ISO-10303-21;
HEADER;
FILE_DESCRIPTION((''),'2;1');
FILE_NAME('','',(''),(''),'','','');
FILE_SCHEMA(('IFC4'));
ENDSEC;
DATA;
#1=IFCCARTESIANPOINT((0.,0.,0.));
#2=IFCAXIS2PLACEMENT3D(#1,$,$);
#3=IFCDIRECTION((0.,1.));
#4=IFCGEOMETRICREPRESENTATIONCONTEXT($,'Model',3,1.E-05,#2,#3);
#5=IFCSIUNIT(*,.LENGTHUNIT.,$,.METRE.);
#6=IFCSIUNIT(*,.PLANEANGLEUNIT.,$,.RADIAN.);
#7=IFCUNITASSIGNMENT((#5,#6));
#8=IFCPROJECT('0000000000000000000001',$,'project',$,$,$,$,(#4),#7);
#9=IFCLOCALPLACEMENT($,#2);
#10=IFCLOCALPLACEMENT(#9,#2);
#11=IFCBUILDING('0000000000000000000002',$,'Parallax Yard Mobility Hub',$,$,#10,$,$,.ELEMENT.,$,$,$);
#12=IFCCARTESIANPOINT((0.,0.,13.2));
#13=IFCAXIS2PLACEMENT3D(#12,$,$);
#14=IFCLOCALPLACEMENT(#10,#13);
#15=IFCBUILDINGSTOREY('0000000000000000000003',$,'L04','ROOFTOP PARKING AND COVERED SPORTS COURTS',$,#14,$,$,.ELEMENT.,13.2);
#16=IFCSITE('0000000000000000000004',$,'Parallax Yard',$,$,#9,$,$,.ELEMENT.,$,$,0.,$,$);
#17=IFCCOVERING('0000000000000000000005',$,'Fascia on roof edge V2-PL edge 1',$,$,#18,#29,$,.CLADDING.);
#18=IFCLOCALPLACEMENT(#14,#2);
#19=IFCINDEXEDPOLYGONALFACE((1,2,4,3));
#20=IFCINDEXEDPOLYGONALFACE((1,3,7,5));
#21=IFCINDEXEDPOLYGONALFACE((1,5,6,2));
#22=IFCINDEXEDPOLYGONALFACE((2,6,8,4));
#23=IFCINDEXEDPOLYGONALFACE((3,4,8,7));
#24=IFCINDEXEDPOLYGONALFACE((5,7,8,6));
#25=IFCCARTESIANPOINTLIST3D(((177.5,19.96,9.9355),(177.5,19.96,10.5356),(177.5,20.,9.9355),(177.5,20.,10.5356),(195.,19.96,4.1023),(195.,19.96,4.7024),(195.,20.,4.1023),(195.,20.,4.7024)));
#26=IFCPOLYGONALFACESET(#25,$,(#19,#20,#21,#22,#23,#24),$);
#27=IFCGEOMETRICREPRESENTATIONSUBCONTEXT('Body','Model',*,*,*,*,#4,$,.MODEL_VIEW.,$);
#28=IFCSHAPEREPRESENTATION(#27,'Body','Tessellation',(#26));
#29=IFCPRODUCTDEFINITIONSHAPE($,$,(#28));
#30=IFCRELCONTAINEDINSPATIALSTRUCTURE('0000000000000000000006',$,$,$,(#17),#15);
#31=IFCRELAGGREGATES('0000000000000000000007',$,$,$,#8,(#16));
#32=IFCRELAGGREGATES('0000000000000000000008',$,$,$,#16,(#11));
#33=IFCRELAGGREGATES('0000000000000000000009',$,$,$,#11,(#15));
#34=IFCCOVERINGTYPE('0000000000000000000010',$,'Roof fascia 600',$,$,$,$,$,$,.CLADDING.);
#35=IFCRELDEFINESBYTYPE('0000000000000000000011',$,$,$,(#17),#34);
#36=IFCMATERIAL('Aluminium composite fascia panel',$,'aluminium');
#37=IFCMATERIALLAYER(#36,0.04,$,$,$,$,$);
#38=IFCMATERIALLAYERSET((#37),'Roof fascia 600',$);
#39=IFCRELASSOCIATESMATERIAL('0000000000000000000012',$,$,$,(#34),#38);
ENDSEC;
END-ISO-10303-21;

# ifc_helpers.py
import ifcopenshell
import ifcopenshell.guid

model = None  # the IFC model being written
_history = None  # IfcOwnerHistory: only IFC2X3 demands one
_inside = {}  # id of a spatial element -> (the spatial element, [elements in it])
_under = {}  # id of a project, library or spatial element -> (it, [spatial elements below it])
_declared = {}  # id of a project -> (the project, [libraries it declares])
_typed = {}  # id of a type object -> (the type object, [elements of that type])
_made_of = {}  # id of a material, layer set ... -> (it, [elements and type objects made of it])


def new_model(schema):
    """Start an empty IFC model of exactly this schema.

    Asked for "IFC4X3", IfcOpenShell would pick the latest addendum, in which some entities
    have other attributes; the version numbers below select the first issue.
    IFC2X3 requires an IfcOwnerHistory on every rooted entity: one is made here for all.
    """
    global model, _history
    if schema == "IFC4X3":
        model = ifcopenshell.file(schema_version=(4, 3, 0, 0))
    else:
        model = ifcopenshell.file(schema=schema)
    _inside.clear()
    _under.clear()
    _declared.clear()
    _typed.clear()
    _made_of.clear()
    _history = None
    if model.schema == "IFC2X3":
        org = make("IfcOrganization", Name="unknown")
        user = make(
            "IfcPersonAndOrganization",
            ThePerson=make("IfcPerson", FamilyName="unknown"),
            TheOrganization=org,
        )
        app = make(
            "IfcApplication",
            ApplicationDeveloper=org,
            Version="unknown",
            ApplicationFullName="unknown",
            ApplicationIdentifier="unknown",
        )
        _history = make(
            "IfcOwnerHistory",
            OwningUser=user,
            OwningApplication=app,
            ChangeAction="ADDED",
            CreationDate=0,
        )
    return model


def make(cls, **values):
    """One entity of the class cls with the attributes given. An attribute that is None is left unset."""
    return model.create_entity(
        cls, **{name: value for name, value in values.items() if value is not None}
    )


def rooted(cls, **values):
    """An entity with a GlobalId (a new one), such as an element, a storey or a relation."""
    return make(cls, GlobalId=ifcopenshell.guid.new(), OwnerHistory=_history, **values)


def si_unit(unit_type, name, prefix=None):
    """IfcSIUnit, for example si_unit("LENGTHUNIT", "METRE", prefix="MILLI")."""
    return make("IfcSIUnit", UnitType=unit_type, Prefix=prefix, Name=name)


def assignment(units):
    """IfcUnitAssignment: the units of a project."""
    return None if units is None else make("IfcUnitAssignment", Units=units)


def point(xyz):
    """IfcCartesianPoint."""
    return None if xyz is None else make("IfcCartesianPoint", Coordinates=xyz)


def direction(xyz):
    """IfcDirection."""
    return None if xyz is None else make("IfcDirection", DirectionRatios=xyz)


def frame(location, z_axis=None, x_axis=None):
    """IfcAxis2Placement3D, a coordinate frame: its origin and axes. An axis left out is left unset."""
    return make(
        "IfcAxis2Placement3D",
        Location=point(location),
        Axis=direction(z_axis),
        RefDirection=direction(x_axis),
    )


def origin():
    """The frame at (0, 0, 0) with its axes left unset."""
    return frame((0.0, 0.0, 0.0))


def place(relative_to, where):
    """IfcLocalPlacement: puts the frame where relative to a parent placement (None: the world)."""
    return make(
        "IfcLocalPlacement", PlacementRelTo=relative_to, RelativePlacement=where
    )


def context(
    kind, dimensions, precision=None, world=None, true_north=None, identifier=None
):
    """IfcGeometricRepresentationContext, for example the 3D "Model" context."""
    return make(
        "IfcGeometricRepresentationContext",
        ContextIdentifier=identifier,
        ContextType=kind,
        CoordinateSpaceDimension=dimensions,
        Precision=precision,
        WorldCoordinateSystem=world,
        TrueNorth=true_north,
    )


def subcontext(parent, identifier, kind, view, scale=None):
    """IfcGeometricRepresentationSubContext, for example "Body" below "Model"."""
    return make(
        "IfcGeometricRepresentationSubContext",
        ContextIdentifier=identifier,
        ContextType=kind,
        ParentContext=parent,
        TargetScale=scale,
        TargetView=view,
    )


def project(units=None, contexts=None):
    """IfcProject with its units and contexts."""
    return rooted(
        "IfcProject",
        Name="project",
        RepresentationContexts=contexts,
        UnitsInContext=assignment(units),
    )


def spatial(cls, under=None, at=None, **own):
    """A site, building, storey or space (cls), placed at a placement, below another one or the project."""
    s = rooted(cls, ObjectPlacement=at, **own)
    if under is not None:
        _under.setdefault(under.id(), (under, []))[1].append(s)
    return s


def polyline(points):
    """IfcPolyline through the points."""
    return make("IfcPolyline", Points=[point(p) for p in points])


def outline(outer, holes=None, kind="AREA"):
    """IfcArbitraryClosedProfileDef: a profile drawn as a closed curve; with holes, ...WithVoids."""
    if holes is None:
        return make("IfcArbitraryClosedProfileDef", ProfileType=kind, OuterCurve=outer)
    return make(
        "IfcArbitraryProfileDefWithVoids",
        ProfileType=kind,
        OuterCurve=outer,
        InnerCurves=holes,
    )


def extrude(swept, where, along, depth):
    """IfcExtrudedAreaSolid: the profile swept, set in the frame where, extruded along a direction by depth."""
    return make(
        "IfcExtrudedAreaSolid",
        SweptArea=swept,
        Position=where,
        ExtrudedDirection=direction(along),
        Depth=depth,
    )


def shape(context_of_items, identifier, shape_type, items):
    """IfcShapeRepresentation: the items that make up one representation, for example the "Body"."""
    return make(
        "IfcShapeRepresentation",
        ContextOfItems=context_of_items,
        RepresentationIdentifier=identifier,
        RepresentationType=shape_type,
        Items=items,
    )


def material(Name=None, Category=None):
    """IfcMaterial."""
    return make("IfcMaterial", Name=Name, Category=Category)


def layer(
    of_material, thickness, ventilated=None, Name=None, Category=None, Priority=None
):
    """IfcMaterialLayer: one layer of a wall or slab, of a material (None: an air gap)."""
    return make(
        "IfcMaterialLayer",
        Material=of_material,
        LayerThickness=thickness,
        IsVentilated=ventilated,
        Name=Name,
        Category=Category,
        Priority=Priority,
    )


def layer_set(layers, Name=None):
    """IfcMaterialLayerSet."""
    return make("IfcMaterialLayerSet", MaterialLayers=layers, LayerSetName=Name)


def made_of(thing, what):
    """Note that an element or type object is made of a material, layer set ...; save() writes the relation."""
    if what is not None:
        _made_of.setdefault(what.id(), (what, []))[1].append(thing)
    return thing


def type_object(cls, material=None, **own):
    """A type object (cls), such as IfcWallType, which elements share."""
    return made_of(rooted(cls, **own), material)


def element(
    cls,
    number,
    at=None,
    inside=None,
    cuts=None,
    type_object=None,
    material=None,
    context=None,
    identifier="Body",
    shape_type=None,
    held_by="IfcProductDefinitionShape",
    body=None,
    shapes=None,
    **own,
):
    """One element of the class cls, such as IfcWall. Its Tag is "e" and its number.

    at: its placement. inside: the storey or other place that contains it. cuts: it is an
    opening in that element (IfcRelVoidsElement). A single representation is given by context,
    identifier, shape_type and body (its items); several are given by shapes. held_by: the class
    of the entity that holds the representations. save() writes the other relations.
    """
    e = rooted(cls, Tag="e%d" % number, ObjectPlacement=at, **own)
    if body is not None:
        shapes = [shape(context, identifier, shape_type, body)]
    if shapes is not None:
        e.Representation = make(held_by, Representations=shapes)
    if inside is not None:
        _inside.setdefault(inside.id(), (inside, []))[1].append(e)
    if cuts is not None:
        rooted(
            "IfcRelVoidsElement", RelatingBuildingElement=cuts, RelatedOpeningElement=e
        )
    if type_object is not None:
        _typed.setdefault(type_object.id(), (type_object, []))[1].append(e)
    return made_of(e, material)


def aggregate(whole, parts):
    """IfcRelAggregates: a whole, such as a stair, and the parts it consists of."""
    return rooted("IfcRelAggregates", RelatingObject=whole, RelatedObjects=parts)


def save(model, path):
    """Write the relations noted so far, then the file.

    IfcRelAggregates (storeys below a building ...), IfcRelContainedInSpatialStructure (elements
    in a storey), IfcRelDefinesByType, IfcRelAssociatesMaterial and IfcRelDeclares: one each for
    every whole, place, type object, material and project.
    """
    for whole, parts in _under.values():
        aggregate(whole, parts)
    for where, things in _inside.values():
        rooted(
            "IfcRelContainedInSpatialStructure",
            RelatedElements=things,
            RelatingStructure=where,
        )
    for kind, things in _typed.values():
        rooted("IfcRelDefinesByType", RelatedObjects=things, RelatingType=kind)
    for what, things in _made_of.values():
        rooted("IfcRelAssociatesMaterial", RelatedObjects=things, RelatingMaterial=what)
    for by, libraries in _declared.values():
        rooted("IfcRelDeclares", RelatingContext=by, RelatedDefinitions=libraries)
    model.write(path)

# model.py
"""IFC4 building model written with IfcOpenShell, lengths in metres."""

from ifc_helpers import new_model, si_unit, direction, frame, origin, place, context, subcontext, project, spatial, polyline, outline, extrude, material, layer, layer_set, type_object, element, save


model = new_model("IFC4")

# Units and contexts
model_context = context("Model", 3, precision=1e-05, world=origin(), true_north=direction((0.0, 1.0)))
body_context = subcontext(model_context, "Body", "Model", "MODEL_VIEW")
ifc_project = project(units=[si_unit("LENGTHUNIT", "METRE"), si_unit("PLANEANGLEUNIT", "RADIAN")], contexts=[model_context])

# Site, building, storey
site_placement = place(None, origin())
site = spatial("IfcSite", under=ifc_project, at=site_placement, Name="Parallax Yard", CompositionType="ELEMENT", RefElevation=0.0)
building_placement = place(site_placement, origin())
building = spatial("IfcBuilding", under=site, at=building_placement, Name="Parallax Yard Mobility Hub", CompositionType="ELEMENT")
storey_placement = place(building_placement, frame((0.0, 0.0, 13.2)))
storey = spatial("IfcBuildingStorey", under=building, at=storey_placement, Name="L04", Description="ROOFTOP PARKING AND COVERED SPORTS COURTS", CompositionType="ELEMENT", Elevation=13.2)

# Covering
ifc_material_1 = material(Name="Aluminium composite fascia panel", Category="aluminium")
ifc_layer_1 = layer(ifc_material_1, 0.04)
ifc_layer_set_1 = layer_set([ifc_layer_1], Name="Roof fascia 600")
covering_type = type_object("IfcCoveringType", Name="Roof fascia 600", PredefinedType="CLADDING", material=ifc_layer_set_1)
covering_placement = place(storey_placement, frame((177.5, 20.0, 10.5356), z_axis=(0.0, 1.0, 0.0), x_axis=(0.948685, 0.0, -0.316224)))
element("IfcCovering", 1, at=covering_placement, inside=storey, type_object=covering_type, Name="Fascia on roof edge V2-PL edge 1", PredefinedType="CLADDING", context=body_context, shape_type="SweptSolid", body=[
    extrude(outline(polyline([(0.0, 0.0), (18.4466, 0.0), (18.6364, 0.5693), (0.1898, 0.5693), (0.0, 0.0)])), origin(), (0.0, 0.0, -1.0), 0.04),
])

save(model, "model.ifc")
